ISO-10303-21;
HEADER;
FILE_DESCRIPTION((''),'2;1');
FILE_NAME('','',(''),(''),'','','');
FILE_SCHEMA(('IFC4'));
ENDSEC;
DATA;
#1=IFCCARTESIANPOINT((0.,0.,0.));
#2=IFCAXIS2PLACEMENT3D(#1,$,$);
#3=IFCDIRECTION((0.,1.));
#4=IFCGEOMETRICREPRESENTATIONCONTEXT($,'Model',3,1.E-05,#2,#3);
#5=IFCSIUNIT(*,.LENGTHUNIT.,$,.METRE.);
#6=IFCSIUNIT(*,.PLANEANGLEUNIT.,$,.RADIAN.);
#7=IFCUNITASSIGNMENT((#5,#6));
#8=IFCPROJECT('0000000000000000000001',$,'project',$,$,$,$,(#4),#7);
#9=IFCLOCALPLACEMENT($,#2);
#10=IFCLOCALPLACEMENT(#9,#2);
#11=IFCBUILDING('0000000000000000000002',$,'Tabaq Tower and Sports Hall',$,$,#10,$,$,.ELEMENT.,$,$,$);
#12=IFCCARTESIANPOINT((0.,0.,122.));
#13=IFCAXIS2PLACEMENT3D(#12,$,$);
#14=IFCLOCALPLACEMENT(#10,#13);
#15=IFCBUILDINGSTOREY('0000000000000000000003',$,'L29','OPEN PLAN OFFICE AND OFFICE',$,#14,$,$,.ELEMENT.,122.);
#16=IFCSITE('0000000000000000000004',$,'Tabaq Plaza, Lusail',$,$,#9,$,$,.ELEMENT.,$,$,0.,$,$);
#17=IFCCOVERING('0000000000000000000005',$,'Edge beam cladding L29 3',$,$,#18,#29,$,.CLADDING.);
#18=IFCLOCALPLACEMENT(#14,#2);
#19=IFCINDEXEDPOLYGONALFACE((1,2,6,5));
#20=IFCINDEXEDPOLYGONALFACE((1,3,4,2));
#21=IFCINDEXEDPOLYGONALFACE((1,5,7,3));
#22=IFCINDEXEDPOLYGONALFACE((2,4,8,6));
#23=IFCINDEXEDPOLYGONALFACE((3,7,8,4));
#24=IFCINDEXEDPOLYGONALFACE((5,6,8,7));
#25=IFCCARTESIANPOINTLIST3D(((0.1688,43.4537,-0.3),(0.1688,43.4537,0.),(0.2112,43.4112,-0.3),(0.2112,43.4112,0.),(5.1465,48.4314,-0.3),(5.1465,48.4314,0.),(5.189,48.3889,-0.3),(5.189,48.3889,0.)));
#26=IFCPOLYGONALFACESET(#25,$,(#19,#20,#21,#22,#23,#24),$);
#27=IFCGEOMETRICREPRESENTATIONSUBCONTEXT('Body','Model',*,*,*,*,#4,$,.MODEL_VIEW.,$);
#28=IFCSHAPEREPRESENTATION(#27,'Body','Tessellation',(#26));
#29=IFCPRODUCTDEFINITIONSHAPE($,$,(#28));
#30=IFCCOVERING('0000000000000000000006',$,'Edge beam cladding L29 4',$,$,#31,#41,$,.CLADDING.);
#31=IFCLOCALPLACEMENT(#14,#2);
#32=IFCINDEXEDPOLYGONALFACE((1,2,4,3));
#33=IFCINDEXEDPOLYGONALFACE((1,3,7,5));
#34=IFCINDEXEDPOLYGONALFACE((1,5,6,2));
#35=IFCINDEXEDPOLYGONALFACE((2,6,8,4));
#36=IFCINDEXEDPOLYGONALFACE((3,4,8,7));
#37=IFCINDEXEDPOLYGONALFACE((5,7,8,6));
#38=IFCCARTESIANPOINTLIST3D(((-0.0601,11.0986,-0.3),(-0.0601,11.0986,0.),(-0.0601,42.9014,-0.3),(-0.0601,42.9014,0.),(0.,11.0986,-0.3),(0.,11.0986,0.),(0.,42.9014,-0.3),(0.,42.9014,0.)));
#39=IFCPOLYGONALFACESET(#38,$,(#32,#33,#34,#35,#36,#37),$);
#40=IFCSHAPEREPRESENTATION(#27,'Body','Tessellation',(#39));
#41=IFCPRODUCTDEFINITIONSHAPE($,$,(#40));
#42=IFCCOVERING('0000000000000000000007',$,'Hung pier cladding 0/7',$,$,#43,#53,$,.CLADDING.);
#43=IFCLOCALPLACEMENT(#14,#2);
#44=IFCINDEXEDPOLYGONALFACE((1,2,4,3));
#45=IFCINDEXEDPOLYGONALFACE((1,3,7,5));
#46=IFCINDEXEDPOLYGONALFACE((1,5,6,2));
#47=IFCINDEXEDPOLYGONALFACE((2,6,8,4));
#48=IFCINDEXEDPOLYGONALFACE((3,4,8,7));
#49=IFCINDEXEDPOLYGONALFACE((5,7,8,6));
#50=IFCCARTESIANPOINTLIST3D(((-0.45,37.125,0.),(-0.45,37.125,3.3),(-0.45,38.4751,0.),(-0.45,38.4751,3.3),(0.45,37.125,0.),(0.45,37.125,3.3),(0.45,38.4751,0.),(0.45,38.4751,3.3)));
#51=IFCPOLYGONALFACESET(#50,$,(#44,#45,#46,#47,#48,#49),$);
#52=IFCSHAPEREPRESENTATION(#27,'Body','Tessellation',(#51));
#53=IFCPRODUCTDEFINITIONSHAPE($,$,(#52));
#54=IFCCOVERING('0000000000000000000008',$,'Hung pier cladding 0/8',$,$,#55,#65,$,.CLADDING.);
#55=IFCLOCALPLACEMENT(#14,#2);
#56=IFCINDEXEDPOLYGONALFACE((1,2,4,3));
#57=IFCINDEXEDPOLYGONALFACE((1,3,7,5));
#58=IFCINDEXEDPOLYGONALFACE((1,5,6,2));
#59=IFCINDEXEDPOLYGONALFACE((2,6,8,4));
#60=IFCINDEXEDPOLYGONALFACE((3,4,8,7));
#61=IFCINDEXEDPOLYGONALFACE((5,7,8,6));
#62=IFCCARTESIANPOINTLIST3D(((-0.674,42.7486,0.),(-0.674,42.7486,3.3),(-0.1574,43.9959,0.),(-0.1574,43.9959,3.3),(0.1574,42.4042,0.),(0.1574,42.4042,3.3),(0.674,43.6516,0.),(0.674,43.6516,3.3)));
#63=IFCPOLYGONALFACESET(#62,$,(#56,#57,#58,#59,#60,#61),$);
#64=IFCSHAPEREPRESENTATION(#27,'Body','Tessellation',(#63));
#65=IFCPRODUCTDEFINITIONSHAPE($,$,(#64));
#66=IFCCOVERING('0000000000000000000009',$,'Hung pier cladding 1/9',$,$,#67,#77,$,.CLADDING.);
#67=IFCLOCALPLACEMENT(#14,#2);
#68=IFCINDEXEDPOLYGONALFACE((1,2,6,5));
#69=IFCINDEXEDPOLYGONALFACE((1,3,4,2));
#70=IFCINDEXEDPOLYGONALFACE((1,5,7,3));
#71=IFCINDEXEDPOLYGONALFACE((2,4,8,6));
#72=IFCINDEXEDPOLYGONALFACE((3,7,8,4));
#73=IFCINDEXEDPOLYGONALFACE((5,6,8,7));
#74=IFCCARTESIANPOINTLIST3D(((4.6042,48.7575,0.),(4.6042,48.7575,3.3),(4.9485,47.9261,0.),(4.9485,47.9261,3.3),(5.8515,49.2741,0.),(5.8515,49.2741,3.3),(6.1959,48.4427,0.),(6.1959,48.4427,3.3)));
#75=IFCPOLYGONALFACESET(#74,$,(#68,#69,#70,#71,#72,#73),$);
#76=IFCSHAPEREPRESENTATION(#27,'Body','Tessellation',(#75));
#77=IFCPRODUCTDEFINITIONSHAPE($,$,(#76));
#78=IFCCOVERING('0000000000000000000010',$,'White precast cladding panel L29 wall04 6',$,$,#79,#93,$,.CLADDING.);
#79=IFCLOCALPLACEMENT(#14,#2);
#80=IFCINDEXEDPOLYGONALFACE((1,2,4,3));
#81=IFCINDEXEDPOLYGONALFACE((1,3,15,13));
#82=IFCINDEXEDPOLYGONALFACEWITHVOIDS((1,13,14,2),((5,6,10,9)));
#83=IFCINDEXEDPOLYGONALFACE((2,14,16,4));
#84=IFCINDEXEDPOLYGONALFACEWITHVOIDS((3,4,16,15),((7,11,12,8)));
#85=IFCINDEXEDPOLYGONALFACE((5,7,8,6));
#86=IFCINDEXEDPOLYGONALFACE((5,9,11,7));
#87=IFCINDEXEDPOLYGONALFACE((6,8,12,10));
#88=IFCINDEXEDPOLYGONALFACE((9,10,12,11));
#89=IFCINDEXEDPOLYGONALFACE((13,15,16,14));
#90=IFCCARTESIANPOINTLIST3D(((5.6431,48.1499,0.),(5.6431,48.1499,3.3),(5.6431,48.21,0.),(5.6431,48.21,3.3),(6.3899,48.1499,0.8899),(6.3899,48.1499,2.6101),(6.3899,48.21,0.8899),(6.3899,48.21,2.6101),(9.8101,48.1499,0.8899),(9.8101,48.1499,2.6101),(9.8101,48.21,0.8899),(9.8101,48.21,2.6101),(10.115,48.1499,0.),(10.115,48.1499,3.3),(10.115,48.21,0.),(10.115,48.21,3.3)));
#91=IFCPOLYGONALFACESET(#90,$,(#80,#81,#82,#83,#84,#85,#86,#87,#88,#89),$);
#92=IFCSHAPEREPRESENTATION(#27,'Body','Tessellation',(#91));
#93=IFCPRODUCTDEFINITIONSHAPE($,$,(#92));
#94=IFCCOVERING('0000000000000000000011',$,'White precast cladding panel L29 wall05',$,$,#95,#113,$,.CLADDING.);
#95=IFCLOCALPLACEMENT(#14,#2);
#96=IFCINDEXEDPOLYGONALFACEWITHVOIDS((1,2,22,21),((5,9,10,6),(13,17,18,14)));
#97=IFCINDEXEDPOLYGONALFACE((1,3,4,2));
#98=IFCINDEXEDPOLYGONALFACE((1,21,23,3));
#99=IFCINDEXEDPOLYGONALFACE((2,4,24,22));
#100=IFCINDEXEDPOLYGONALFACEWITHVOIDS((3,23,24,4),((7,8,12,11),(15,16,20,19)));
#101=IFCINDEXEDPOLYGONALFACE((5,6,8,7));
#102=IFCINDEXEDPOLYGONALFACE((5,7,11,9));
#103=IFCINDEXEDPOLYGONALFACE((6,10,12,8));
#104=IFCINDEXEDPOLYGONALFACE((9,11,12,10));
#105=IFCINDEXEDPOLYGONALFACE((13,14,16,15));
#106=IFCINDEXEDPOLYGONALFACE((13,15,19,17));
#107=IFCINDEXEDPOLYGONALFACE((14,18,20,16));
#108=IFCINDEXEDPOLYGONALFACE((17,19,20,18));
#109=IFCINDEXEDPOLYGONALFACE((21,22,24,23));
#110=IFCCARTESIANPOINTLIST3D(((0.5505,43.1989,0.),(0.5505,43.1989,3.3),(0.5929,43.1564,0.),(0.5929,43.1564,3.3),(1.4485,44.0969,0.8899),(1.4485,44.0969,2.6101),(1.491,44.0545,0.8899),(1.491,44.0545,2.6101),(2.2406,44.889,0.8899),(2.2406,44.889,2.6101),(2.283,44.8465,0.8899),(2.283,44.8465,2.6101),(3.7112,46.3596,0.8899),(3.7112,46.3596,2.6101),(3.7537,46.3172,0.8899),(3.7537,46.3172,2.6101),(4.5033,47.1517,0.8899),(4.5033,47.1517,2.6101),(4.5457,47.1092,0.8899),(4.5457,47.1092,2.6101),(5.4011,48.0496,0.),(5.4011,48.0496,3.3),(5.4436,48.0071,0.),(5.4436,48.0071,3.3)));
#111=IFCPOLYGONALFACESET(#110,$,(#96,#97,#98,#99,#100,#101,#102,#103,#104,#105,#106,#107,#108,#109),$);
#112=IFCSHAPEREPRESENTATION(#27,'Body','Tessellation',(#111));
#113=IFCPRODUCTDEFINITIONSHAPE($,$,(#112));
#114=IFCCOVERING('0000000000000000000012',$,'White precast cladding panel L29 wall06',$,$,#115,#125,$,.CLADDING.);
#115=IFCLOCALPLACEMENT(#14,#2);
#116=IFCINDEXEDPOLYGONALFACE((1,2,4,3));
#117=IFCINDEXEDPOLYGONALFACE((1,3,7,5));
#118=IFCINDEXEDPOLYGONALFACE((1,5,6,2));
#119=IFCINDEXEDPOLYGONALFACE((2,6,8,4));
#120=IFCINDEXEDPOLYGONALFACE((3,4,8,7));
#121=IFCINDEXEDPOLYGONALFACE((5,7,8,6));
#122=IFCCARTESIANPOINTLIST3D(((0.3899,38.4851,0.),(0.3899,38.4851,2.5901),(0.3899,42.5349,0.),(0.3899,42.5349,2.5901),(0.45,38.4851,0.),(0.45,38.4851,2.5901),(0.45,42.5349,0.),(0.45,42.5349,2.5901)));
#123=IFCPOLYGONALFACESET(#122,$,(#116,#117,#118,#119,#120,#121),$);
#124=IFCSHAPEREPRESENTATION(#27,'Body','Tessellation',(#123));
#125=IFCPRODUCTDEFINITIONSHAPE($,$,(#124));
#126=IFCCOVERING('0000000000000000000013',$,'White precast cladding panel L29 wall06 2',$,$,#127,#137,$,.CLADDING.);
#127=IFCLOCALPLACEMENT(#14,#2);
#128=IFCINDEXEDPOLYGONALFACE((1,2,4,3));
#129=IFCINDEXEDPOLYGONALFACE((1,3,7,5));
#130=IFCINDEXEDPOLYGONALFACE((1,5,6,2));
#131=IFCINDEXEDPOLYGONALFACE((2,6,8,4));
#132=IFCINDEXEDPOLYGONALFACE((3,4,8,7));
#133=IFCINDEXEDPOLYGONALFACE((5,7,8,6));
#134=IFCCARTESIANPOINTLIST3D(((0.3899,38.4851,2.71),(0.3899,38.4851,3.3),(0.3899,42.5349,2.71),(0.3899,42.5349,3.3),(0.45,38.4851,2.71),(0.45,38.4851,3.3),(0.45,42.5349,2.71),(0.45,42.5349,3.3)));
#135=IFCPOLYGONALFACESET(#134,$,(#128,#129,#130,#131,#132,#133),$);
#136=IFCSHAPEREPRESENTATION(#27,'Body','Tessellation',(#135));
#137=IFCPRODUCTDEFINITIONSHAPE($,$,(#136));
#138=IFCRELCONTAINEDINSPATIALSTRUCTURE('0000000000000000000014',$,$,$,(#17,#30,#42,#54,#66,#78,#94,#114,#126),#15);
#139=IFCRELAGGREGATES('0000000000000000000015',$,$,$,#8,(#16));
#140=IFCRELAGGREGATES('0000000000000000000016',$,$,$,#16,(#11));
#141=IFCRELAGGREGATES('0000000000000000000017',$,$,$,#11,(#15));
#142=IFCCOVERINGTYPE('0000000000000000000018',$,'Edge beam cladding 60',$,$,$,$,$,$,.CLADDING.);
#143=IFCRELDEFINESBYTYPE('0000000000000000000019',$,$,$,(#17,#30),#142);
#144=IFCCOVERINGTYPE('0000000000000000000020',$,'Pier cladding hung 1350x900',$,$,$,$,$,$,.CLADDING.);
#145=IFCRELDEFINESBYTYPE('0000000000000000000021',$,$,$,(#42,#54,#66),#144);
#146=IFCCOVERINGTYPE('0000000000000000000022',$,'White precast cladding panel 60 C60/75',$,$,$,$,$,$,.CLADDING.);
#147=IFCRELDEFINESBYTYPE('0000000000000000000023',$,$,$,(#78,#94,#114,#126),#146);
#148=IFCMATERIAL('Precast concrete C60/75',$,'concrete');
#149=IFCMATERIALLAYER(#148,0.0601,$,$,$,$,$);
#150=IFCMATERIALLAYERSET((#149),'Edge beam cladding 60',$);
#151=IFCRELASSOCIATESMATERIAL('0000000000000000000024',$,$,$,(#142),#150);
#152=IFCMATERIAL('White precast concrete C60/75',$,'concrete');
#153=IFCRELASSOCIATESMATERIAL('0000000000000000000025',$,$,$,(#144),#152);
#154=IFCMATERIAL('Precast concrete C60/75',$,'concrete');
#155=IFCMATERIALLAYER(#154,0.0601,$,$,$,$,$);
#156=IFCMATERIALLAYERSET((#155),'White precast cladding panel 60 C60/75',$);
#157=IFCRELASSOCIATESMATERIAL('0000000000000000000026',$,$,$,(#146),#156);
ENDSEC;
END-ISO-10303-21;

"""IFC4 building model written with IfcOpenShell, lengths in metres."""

from ifc_helpers import new_model, si_unit, direction, frame, frame_2d, origin, place, context, subcontext, project, spatial, polyline, rectangle, outline, extrude, material, layer, layer_set, type_object, element, save


model = new_model("IFC4")

# Units and contexts
model_context = context("Model", 3, precision=1e-05, world=origin(), true_north=direction((0.0, 1.0)))
body_context = subcontext(model_context, "Body", "Model", "MODEL_VIEW")
ifc_project = project(units=[si_unit("LENGTHUNIT", "METRE"), si_unit("PLANEANGLEUNIT", "RADIAN")], contexts=[model_context])

# Site, building, storey
site_placement = place(None, origin())
site = spatial("IfcSite", under=ifc_project, at=site_placement, Name="Tabaq Plaza, Lusail", CompositionType="ELEMENT", RefElevation=0.0)
building_placement = place(site_placement, origin())
building = spatial("IfcBuilding", under=site, at=building_placement, Name="Tabaq Tower and Sports Hall", CompositionType="ELEMENT")
storey_placement = place(building_placement, frame((0.0, 0.0, 122.0)))
storey = spatial("IfcBuildingStorey", under=building, at=storey_placement, Name="L29", Description="OPEN PLAN OFFICE AND OFFICE", CompositionType="ELEMENT", Elevation=122.0)

# Coverings
ifc_material_1 = material(Name="Precast concrete C60/75", Category="concrete")
ifc_layer_1 = layer(ifc_material_1, 0.0601)
ifc_layer_set_1 = layer_set([ifc_layer_1], Name="Edge beam cladding 60")
covering_type_1 = type_object("IfcCoveringType", Name="Edge beam cladding 60", PredefinedType="CLADDING", material=ifc_layer_set_1)
covering_1_placement = place(storey_placement, frame((5.1677, 48.4102, -0.3), z_axis=(0.0, 0.0, 1.0), x_axis=(-0.707107, -0.707107, 0.0)))
element("IfcCovering", 1, at=covering_1_placement, inside=storey, type_object=covering_type_1, Name="Edge beam cladding L29 3", PredefinedType="CLADDING", context=body_context, shape_type="SweptSolid", body=[
    extrude(rectangle(XDim=7.0396, YDim=0.0601, at=frame_2d((3.5198, 0.0))), origin(), (0.0, 0.0, 1.0), 0.3),
])
covering_2_placement = place(storey_placement, frame((-0.03, 42.9014, -0.3), z_axis=(0.0, 0.0, 1.0), x_axis=(0.0, -1.0, 0.0)))
element("IfcCovering", 2, at=covering_2_placement, inside=storey, type_object=covering_type_1, Name="Edge beam cladding L29 4", PredefinedType="CLADDING", context=body_context, shape_type="SweptSolid", body=[
    extrude(rectangle(XDim=31.8027, YDim=0.0601, at=frame_2d((15.9014, 0.0))), origin(), (0.0, 0.0, 1.0), 0.3),
])
ifc_material_2 = material(Name="White precast concrete C60/75", Category="concrete")
covering_type_2 = type_object("IfcCoveringType", Name="Pier cladding hung 1350x900", PredefinedType="CLADDING", material=ifc_material_2)
for number, where, z_axis, x_axis, name in (
    (3, (0.0, 38.4751, 0.0), (0.0, 0.0, 1.0), (0.0, -1.0, 0.0), "Hung pier cladding 0/7"),
    (4, (0.2583, 43.8237, 0.0), (0.0, 0.0, 1.0), (-0.38265, -0.923893, 0.0), "Hung pier cladding 0/8"),
    (5, (6.0237, 48.8584, 0.0), (0.0, 0.0, 1.0), (-0.923893, -0.38265, 0.0), "Hung pier cladding 1/9"),
):
    element("IfcCovering", number, at=place(storey_placement, frame(where, z_axis=z_axis, x_axis=x_axis)), inside=storey, type_object=covering_type_2, Name=name, PredefinedType="CLADDING", context=body_context, shape_type="SweptSolid", body=[
        extrude(rectangle(XDim=1.3501, YDim=0.8999, at=frame_2d((0.675, 0.0))), origin(), (0.0, 0.0, 1.0), 3.3),
    ])
ifc_material_3 = material(Name="Precast concrete C60/75", Category="concrete")
ifc_layer_2 = layer(ifc_material_3, 0.0601)
ifc_layer_set_2 = layer_set([ifc_layer_2], Name="White precast cladding panel 60 C60/75")
covering_type_3 = type_object("IfcCoveringType", Name="White precast cladding panel 60 C60/75", PredefinedType="CLADDING", material=ifc_layer_set_2)
covering_3_placement = place(storey_placement, frame((10.115, 48.1799, 0.0), z_axis=(0.0, 0.0, 1.0), x_axis=(-1.0, 0.0, 0.0)))
element("IfcCovering", 6, at=covering_3_placement, inside=storey, type_object=covering_type_3, Name="White precast cladding panel L29 wall04 6", PredefinedType="CLADDING", context=body_context, shape_type="SweptSolid", body=[
    extrude(outline(polyline([(0.0, 0.0), (4.4719, 0.0), (4.4719, 3.3), (0.0, 3.3), (0.0, 0.0)]), holes=[polyline([(0.3049, 0.8899), (0.3049, 2.6101), (3.7251, 2.6101), (3.7251, 0.8899), (0.3049, 0.8899)])]), frame((0.0, 0.03, 0.0), z_axis=(0.0, -1.0, 0.0), x_axis=(1.0, 0.0, 0.0)), (0.0, 0.0, 1.0), 0.0601),
])
covering_4_placement = place(storey_placement, frame((5.4224, 48.0283, 0.0), z_axis=(0.0, 0.0, 1.0), x_axis=(-0.707107, -0.707107, 0.0)))
element("IfcCovering", 7, at=covering_4_placement, inside=storey, type_object=covering_type_3, Name="White precast cladding panel L29 wall05", PredefinedType="CLADDING", context=body_context, shape_type="SweptSolid", body=[
    extrude(outline(polyline([(0.0, 0.0), (6.8599, 0.0), (6.8599, 3.3), (0.0, 3.3), (0.0, 0.0)]), holes=[polyline([(1.2698, 2.6101), (2.3899, 2.6101), (2.3899, 0.8899), (1.2698, 0.8899), (1.2698, 2.6101)]), polyline([(4.4697, 2.6101), (5.5898, 2.6101), (5.5898, 0.8899), (4.4697, 0.8899), (4.4697, 2.6101)])]), frame((0.0, 0.03, 0.0), z_axis=(0.0, -1.0, 0.0), x_axis=(1.0, 0.0, 0.0)), (0.0, 0.0, 1.0), 0.0601),
])
covering_5_placement = place(storey_placement, frame((0.4199, 42.5349, 0.0), z_axis=(0.0, 0.0, 1.0), x_axis=(0.0, -1.0, 0.0)))
element("IfcCovering", 8, at=covering_5_placement, inside=storey, type_object=covering_type_3, Name="White precast cladding panel L29 wall06", PredefinedType="CLADDING", context=body_context, shape_type="SweptSolid", body=[
    extrude(rectangle(XDim=4.0498, YDim=0.0601, at=frame_2d((2.0249, 0.0))), origin(), (0.0, 0.0, 1.0), 2.5901),
])
covering_6_placement = place(storey_placement, frame((0.4199, 42.5349, 2.71), z_axis=(0.0, 0.0, 1.0), x_axis=(0.0, -1.0, 0.0)))
element("IfcCovering", 9, at=covering_6_placement, inside=storey, type_object=covering_type_3, Name="White precast cladding panel L29 wall06 2", PredefinedType="CLADDING", context=body_context, shape_type="SweptSolid", body=[
    extrude(rectangle(XDim=4.0498, YDim=0.0601, at=frame_2d((2.0249, 0.0))), origin(), (0.0, 0.0, 1.0), 0.5901),
])

save(model, "model.ifc")
